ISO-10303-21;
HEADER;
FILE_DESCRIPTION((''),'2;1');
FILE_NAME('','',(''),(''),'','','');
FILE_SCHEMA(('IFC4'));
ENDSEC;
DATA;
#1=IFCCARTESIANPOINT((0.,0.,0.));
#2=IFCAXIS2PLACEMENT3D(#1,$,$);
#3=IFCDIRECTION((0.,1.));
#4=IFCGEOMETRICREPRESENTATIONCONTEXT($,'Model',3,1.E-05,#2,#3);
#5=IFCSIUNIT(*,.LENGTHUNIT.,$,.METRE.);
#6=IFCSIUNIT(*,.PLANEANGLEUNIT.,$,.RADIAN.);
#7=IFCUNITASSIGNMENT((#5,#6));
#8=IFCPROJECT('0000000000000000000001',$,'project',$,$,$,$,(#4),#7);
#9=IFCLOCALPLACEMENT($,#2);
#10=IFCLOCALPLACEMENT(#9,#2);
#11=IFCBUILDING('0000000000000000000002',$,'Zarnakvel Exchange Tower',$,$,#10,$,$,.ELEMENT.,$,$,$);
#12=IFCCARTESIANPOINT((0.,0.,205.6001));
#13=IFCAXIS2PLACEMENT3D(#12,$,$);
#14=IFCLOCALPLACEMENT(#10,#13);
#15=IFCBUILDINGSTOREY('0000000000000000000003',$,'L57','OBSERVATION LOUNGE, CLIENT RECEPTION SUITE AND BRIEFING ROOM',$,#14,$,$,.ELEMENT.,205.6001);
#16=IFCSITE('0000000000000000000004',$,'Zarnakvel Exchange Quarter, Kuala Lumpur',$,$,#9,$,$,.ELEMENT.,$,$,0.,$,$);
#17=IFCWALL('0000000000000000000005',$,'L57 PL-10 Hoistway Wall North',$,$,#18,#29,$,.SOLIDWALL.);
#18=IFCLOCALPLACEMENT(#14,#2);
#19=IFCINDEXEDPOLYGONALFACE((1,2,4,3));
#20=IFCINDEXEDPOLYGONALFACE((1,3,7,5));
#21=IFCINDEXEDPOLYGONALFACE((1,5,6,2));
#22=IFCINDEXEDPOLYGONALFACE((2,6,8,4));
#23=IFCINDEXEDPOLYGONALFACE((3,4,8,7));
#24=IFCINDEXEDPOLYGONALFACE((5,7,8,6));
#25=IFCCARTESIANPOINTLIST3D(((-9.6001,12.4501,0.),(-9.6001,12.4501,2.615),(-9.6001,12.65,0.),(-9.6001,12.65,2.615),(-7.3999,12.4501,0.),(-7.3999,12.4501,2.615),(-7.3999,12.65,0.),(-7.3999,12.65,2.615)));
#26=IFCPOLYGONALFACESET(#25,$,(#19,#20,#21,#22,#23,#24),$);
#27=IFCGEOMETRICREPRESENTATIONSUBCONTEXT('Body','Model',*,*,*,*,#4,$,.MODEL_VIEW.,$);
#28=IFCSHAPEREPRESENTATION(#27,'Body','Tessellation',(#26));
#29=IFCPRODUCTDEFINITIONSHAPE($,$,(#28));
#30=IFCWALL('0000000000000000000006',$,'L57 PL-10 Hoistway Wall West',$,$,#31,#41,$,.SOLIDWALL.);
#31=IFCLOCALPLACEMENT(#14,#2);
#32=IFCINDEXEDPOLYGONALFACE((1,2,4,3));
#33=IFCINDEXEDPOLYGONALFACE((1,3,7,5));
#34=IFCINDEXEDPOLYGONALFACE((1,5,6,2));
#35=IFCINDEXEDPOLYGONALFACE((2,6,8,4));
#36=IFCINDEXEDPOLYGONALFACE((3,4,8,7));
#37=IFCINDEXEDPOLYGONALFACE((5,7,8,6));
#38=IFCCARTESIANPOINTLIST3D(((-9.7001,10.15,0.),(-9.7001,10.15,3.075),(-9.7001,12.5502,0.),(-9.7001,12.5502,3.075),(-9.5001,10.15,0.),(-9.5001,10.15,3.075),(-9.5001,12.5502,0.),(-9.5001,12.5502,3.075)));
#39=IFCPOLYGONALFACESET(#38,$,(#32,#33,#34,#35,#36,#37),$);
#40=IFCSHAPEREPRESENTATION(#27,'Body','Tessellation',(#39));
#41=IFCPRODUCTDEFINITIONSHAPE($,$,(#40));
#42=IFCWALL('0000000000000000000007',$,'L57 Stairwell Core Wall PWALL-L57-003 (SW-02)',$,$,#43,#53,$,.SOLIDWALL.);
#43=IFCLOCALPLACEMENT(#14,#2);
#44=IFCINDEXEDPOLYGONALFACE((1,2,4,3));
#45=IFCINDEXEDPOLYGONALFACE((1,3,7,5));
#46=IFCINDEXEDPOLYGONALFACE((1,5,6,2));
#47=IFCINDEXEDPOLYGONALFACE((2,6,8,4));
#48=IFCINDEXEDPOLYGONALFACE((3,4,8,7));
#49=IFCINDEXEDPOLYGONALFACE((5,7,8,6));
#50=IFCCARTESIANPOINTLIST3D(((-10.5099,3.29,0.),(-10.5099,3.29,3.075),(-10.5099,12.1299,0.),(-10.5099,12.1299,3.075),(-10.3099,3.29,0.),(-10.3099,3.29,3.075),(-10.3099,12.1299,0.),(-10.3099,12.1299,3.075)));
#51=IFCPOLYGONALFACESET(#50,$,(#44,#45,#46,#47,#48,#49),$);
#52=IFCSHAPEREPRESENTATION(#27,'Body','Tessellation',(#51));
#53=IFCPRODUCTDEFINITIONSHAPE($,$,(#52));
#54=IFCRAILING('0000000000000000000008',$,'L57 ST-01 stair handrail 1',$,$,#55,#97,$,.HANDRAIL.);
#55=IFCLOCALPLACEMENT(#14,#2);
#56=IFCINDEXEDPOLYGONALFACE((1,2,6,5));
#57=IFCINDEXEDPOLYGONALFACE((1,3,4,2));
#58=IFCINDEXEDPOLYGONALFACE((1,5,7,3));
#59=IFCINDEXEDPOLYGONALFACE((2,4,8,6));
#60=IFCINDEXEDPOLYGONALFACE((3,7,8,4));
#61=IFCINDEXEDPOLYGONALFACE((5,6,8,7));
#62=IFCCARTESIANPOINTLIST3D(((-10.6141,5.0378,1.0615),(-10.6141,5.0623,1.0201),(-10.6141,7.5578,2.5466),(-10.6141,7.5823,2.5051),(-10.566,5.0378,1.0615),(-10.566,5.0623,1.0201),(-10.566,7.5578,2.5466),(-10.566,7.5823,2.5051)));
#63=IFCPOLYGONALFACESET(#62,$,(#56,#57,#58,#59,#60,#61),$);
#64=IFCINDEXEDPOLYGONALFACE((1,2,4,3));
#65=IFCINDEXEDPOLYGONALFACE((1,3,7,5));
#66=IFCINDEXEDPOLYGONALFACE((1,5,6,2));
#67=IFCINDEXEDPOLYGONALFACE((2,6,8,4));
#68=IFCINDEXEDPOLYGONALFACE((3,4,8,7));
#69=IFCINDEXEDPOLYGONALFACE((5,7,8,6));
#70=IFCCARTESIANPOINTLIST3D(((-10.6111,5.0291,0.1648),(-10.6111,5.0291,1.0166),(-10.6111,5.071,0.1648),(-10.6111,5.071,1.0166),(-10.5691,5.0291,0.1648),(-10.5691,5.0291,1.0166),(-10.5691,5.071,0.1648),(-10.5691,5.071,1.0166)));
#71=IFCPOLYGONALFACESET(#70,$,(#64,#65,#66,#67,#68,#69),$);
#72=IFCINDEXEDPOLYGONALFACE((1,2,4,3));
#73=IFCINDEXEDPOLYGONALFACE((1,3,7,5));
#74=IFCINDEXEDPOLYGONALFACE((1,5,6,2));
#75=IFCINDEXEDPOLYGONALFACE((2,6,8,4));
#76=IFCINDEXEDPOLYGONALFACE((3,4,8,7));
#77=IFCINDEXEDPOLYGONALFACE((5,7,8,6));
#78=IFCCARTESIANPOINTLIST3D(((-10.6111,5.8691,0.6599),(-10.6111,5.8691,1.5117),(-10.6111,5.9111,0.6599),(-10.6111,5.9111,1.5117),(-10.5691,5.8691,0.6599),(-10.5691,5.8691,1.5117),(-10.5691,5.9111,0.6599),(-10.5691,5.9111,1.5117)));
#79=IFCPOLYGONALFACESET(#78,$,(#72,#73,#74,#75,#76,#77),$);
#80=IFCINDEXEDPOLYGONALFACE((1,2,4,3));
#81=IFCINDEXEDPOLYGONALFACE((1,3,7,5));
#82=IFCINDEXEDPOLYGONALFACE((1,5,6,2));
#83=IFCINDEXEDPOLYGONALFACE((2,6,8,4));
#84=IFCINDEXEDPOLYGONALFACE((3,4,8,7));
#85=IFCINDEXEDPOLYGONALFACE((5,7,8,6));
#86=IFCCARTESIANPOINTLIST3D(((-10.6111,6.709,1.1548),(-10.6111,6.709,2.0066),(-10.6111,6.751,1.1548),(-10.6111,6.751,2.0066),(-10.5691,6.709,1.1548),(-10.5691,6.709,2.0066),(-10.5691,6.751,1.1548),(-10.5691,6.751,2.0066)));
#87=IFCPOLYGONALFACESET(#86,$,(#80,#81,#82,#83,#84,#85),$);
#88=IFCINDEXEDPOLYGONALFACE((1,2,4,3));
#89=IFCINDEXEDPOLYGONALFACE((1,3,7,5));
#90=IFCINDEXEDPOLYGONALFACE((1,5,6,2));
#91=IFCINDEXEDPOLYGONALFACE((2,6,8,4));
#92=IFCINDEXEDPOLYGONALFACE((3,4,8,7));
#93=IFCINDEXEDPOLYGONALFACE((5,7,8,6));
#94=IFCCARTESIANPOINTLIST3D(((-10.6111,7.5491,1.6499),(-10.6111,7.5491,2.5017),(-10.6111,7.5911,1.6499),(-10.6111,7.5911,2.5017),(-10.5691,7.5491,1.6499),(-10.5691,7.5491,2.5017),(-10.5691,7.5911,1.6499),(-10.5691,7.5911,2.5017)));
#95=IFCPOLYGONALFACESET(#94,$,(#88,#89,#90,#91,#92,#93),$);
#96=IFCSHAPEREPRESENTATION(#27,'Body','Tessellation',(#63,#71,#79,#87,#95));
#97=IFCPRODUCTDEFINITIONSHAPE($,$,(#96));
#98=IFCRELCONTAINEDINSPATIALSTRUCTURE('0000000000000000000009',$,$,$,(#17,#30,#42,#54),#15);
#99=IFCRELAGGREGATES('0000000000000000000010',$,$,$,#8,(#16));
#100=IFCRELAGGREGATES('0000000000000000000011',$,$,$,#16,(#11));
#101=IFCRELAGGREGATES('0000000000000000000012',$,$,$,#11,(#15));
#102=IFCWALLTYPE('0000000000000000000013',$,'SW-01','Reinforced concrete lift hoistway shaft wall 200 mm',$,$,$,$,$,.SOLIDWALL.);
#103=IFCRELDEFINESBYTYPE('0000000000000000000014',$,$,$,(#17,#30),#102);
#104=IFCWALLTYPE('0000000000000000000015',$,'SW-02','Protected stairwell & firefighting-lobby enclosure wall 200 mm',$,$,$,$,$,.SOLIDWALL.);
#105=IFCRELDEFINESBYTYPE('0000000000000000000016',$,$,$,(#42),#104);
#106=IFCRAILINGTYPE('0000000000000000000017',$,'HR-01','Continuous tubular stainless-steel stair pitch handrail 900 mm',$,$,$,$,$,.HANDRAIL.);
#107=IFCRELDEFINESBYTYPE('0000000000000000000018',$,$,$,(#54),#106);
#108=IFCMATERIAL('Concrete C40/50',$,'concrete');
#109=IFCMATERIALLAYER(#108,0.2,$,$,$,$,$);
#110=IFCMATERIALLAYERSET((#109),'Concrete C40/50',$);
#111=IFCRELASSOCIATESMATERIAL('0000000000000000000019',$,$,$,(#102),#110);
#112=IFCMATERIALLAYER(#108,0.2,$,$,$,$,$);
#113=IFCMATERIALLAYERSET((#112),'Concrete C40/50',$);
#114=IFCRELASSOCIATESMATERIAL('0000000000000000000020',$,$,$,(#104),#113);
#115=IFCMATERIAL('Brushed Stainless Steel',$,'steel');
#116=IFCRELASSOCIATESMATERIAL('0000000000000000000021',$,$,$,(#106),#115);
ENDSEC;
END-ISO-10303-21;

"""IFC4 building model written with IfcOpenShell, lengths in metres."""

from ifc_helpers import new_model, si_unit, direction, frame, frame_2d, origin, origin_2d, place, context, subcontext, project, spatial, rectangle, extrude, material, layer, layer_set, type_object, element, save


model = new_model("IFC4")

# Units and contexts
model_context = context("Model", 3, precision=1e-05, world=origin(), true_north=direction((0.0, 1.0)))
body_context = subcontext(model_context, "Body", "Model", "MODEL_VIEW")
ifc_project = project(units=[si_unit("LENGTHUNIT", "METRE"), si_unit("PLANEANGLEUNIT", "RADIAN")], contexts=[model_context])

# Site, building, storey
site_placement = place(None, origin())
site = spatial("IfcSite", under=ifc_project, at=site_placement, Name="Zarnakvel Exchange Quarter, Kuala Lumpur", CompositionType="ELEMENT", RefElevation=0.0)
building_placement = place(site_placement, origin())
building = spatial("IfcBuilding", under=site, at=building_placement, Name="Zarnakvel Exchange Tower", CompositionType="ELEMENT")
storey_placement = place(building_placement, frame((0.0, 0.0, 205.6001)))
storey = spatial("IfcBuildingStorey", under=building, at=storey_placement, Name="L57", Description="OBSERVATION LOUNGE, CLIENT RECEPTION SUITE AND BRIEFING ROOM", CompositionType="ELEMENT", Elevation=205.6001)

# Shared definitions
ifc_material_1 = material(Name="Concrete C40/50", Category="concrete")
ifc_layer_1 = layer(ifc_material_1, 0.2)
ifc_layer_set_1 = layer_set([ifc_layer_1], Name="Concrete C40/50")
wall_type_1 = type_object("IfcWallType", Name="SW-01", Description="Reinforced concrete lift hoistway shaft wall 200 mm", PredefinedType="SOLIDWALL", material=ifc_layer_set_1)
ifc_material_2 = material(Name="Brushed Stainless Steel", Category="steel")

# Walls
for number, where, z_axis, x_axis, name in (
    (1, (-9.6001, 12.55, 0.0), (0.0, 0.0, 1.0), (1.0, 0.0, 0.0), "L57 PL-10 Hoistway Wall North"),
):
    element("IfcWall", number, at=place(storey_placement, frame(where, z_axis=z_axis, x_axis=x_axis)), inside=storey, type_object=wall_type_1, Name=name, PredefinedType="SOLIDWALL", context=body_context, shape_type="SweptSolid", body=[
        extrude(rectangle(XDim=2.2002, YDim=0.2, at=frame_2d((1.1001, 0.0))), origin(), (0.0, 0.0, 1.0), 2.615),
    ])
wall_1_placement = place(storey_placement, frame((-9.6001, 10.1499, 0.0), z_axis=(0.0, 0.0, 1.0), x_axis=(0.0, 1.0, 0.0)))
element("IfcWall", 2, at=wall_1_placement, inside=storey, type_object=wall_type_1, Name="L57 PL-10 Hoistway Wall West", PredefinedType="SOLIDWALL", context=body_context, shape_type="SweptSolid", body=[
    extrude(rectangle(XDim=2.4001, YDim=0.2, at=frame_2d((1.2002, 0.0))), origin(), (0.0, 0.0, 1.0), 3.075),
])
ifc_layer_2 = layer(ifc_material_1, 0.2)
ifc_layer_set_2 = layer_set([ifc_layer_2], Name="Concrete C40/50")
wall_type_2 = type_object("IfcWallType", Name="SW-02", Description="Protected stairwell & firefighting-lobby enclosure wall 200 mm", PredefinedType="SOLIDWALL", material=ifc_layer_set_2)
wall_2_placement = place(storey_placement, frame((-10.4099, 12.1299, 0.0), z_axis=(0.0, 0.0, 1.0), x_axis=(0.0, -1.0, 0.0)))
element("IfcWall", 3, at=wall_2_placement, inside=storey, type_object=wall_type_2, Name="L57 Stairwell Core Wall PWALL-L57-003 (SW-02)", PredefinedType="SOLIDWALL", context=body_context, shape_type="SweptSolid", body=[
    extrude(rectangle(XDim=8.8398, YDim=0.2, at=frame_2d((4.4199, 0.0))), origin(), (0.0, 0.0, 1.0), 3.075),
])

# Railing
railing_type = type_object("IfcRailingType", Name="HR-01", Description="Continuous tubular stainless-steel stair pitch handrail 900 mm", PredefinedType="HANDRAIL", material=ifc_material_2)
railing_placement = place(storey_placement, frame((-10.5901, 5.05, 0.1648)))
element("IfcRailing", 4, at=railing_placement, inside=storey, type_object=railing_type, Name="L57 ST-01 stair handrail 1", PredefinedType="HANDRAIL", context=body_context, shape_type="SweptSolid", body=[
    extrude(rectangle(XDim=0.0481, YDim=0.0481, at=origin_2d()), frame((0.0, 0.0, 0.876), z_axis=(0.0, 0.861524, 0.507717), x_axis=(-1.0, 0.0, 0.0)), (0.0, 0.0, 1.0), 2.925),
    extrude(rectangle(XDim=0.042, YDim=0.042, at=origin_2d()), origin(), (0.0, 0.0, 1.0), 0.8518),
    extrude(rectangle(XDim=0.042, YDim=0.042, at=origin_2d()), frame((0.0, 0.8401, 0.4951)), (0.0, 0.0, 1.0), 0.8518),
    extrude(rectangle(XDim=0.042, YDim=0.042, at=origin_2d()), frame((0.0, 1.6799, 0.99)), (0.0, 0.0, 1.0), 0.8518),
    extrude(rectangle(XDim=0.042, YDim=0.042, at=origin_2d()), frame((0.0, 2.52, 1.4851)), (0.0, 0.0, 1.0), 0.8518),
])

save(model, "model.ifc")
